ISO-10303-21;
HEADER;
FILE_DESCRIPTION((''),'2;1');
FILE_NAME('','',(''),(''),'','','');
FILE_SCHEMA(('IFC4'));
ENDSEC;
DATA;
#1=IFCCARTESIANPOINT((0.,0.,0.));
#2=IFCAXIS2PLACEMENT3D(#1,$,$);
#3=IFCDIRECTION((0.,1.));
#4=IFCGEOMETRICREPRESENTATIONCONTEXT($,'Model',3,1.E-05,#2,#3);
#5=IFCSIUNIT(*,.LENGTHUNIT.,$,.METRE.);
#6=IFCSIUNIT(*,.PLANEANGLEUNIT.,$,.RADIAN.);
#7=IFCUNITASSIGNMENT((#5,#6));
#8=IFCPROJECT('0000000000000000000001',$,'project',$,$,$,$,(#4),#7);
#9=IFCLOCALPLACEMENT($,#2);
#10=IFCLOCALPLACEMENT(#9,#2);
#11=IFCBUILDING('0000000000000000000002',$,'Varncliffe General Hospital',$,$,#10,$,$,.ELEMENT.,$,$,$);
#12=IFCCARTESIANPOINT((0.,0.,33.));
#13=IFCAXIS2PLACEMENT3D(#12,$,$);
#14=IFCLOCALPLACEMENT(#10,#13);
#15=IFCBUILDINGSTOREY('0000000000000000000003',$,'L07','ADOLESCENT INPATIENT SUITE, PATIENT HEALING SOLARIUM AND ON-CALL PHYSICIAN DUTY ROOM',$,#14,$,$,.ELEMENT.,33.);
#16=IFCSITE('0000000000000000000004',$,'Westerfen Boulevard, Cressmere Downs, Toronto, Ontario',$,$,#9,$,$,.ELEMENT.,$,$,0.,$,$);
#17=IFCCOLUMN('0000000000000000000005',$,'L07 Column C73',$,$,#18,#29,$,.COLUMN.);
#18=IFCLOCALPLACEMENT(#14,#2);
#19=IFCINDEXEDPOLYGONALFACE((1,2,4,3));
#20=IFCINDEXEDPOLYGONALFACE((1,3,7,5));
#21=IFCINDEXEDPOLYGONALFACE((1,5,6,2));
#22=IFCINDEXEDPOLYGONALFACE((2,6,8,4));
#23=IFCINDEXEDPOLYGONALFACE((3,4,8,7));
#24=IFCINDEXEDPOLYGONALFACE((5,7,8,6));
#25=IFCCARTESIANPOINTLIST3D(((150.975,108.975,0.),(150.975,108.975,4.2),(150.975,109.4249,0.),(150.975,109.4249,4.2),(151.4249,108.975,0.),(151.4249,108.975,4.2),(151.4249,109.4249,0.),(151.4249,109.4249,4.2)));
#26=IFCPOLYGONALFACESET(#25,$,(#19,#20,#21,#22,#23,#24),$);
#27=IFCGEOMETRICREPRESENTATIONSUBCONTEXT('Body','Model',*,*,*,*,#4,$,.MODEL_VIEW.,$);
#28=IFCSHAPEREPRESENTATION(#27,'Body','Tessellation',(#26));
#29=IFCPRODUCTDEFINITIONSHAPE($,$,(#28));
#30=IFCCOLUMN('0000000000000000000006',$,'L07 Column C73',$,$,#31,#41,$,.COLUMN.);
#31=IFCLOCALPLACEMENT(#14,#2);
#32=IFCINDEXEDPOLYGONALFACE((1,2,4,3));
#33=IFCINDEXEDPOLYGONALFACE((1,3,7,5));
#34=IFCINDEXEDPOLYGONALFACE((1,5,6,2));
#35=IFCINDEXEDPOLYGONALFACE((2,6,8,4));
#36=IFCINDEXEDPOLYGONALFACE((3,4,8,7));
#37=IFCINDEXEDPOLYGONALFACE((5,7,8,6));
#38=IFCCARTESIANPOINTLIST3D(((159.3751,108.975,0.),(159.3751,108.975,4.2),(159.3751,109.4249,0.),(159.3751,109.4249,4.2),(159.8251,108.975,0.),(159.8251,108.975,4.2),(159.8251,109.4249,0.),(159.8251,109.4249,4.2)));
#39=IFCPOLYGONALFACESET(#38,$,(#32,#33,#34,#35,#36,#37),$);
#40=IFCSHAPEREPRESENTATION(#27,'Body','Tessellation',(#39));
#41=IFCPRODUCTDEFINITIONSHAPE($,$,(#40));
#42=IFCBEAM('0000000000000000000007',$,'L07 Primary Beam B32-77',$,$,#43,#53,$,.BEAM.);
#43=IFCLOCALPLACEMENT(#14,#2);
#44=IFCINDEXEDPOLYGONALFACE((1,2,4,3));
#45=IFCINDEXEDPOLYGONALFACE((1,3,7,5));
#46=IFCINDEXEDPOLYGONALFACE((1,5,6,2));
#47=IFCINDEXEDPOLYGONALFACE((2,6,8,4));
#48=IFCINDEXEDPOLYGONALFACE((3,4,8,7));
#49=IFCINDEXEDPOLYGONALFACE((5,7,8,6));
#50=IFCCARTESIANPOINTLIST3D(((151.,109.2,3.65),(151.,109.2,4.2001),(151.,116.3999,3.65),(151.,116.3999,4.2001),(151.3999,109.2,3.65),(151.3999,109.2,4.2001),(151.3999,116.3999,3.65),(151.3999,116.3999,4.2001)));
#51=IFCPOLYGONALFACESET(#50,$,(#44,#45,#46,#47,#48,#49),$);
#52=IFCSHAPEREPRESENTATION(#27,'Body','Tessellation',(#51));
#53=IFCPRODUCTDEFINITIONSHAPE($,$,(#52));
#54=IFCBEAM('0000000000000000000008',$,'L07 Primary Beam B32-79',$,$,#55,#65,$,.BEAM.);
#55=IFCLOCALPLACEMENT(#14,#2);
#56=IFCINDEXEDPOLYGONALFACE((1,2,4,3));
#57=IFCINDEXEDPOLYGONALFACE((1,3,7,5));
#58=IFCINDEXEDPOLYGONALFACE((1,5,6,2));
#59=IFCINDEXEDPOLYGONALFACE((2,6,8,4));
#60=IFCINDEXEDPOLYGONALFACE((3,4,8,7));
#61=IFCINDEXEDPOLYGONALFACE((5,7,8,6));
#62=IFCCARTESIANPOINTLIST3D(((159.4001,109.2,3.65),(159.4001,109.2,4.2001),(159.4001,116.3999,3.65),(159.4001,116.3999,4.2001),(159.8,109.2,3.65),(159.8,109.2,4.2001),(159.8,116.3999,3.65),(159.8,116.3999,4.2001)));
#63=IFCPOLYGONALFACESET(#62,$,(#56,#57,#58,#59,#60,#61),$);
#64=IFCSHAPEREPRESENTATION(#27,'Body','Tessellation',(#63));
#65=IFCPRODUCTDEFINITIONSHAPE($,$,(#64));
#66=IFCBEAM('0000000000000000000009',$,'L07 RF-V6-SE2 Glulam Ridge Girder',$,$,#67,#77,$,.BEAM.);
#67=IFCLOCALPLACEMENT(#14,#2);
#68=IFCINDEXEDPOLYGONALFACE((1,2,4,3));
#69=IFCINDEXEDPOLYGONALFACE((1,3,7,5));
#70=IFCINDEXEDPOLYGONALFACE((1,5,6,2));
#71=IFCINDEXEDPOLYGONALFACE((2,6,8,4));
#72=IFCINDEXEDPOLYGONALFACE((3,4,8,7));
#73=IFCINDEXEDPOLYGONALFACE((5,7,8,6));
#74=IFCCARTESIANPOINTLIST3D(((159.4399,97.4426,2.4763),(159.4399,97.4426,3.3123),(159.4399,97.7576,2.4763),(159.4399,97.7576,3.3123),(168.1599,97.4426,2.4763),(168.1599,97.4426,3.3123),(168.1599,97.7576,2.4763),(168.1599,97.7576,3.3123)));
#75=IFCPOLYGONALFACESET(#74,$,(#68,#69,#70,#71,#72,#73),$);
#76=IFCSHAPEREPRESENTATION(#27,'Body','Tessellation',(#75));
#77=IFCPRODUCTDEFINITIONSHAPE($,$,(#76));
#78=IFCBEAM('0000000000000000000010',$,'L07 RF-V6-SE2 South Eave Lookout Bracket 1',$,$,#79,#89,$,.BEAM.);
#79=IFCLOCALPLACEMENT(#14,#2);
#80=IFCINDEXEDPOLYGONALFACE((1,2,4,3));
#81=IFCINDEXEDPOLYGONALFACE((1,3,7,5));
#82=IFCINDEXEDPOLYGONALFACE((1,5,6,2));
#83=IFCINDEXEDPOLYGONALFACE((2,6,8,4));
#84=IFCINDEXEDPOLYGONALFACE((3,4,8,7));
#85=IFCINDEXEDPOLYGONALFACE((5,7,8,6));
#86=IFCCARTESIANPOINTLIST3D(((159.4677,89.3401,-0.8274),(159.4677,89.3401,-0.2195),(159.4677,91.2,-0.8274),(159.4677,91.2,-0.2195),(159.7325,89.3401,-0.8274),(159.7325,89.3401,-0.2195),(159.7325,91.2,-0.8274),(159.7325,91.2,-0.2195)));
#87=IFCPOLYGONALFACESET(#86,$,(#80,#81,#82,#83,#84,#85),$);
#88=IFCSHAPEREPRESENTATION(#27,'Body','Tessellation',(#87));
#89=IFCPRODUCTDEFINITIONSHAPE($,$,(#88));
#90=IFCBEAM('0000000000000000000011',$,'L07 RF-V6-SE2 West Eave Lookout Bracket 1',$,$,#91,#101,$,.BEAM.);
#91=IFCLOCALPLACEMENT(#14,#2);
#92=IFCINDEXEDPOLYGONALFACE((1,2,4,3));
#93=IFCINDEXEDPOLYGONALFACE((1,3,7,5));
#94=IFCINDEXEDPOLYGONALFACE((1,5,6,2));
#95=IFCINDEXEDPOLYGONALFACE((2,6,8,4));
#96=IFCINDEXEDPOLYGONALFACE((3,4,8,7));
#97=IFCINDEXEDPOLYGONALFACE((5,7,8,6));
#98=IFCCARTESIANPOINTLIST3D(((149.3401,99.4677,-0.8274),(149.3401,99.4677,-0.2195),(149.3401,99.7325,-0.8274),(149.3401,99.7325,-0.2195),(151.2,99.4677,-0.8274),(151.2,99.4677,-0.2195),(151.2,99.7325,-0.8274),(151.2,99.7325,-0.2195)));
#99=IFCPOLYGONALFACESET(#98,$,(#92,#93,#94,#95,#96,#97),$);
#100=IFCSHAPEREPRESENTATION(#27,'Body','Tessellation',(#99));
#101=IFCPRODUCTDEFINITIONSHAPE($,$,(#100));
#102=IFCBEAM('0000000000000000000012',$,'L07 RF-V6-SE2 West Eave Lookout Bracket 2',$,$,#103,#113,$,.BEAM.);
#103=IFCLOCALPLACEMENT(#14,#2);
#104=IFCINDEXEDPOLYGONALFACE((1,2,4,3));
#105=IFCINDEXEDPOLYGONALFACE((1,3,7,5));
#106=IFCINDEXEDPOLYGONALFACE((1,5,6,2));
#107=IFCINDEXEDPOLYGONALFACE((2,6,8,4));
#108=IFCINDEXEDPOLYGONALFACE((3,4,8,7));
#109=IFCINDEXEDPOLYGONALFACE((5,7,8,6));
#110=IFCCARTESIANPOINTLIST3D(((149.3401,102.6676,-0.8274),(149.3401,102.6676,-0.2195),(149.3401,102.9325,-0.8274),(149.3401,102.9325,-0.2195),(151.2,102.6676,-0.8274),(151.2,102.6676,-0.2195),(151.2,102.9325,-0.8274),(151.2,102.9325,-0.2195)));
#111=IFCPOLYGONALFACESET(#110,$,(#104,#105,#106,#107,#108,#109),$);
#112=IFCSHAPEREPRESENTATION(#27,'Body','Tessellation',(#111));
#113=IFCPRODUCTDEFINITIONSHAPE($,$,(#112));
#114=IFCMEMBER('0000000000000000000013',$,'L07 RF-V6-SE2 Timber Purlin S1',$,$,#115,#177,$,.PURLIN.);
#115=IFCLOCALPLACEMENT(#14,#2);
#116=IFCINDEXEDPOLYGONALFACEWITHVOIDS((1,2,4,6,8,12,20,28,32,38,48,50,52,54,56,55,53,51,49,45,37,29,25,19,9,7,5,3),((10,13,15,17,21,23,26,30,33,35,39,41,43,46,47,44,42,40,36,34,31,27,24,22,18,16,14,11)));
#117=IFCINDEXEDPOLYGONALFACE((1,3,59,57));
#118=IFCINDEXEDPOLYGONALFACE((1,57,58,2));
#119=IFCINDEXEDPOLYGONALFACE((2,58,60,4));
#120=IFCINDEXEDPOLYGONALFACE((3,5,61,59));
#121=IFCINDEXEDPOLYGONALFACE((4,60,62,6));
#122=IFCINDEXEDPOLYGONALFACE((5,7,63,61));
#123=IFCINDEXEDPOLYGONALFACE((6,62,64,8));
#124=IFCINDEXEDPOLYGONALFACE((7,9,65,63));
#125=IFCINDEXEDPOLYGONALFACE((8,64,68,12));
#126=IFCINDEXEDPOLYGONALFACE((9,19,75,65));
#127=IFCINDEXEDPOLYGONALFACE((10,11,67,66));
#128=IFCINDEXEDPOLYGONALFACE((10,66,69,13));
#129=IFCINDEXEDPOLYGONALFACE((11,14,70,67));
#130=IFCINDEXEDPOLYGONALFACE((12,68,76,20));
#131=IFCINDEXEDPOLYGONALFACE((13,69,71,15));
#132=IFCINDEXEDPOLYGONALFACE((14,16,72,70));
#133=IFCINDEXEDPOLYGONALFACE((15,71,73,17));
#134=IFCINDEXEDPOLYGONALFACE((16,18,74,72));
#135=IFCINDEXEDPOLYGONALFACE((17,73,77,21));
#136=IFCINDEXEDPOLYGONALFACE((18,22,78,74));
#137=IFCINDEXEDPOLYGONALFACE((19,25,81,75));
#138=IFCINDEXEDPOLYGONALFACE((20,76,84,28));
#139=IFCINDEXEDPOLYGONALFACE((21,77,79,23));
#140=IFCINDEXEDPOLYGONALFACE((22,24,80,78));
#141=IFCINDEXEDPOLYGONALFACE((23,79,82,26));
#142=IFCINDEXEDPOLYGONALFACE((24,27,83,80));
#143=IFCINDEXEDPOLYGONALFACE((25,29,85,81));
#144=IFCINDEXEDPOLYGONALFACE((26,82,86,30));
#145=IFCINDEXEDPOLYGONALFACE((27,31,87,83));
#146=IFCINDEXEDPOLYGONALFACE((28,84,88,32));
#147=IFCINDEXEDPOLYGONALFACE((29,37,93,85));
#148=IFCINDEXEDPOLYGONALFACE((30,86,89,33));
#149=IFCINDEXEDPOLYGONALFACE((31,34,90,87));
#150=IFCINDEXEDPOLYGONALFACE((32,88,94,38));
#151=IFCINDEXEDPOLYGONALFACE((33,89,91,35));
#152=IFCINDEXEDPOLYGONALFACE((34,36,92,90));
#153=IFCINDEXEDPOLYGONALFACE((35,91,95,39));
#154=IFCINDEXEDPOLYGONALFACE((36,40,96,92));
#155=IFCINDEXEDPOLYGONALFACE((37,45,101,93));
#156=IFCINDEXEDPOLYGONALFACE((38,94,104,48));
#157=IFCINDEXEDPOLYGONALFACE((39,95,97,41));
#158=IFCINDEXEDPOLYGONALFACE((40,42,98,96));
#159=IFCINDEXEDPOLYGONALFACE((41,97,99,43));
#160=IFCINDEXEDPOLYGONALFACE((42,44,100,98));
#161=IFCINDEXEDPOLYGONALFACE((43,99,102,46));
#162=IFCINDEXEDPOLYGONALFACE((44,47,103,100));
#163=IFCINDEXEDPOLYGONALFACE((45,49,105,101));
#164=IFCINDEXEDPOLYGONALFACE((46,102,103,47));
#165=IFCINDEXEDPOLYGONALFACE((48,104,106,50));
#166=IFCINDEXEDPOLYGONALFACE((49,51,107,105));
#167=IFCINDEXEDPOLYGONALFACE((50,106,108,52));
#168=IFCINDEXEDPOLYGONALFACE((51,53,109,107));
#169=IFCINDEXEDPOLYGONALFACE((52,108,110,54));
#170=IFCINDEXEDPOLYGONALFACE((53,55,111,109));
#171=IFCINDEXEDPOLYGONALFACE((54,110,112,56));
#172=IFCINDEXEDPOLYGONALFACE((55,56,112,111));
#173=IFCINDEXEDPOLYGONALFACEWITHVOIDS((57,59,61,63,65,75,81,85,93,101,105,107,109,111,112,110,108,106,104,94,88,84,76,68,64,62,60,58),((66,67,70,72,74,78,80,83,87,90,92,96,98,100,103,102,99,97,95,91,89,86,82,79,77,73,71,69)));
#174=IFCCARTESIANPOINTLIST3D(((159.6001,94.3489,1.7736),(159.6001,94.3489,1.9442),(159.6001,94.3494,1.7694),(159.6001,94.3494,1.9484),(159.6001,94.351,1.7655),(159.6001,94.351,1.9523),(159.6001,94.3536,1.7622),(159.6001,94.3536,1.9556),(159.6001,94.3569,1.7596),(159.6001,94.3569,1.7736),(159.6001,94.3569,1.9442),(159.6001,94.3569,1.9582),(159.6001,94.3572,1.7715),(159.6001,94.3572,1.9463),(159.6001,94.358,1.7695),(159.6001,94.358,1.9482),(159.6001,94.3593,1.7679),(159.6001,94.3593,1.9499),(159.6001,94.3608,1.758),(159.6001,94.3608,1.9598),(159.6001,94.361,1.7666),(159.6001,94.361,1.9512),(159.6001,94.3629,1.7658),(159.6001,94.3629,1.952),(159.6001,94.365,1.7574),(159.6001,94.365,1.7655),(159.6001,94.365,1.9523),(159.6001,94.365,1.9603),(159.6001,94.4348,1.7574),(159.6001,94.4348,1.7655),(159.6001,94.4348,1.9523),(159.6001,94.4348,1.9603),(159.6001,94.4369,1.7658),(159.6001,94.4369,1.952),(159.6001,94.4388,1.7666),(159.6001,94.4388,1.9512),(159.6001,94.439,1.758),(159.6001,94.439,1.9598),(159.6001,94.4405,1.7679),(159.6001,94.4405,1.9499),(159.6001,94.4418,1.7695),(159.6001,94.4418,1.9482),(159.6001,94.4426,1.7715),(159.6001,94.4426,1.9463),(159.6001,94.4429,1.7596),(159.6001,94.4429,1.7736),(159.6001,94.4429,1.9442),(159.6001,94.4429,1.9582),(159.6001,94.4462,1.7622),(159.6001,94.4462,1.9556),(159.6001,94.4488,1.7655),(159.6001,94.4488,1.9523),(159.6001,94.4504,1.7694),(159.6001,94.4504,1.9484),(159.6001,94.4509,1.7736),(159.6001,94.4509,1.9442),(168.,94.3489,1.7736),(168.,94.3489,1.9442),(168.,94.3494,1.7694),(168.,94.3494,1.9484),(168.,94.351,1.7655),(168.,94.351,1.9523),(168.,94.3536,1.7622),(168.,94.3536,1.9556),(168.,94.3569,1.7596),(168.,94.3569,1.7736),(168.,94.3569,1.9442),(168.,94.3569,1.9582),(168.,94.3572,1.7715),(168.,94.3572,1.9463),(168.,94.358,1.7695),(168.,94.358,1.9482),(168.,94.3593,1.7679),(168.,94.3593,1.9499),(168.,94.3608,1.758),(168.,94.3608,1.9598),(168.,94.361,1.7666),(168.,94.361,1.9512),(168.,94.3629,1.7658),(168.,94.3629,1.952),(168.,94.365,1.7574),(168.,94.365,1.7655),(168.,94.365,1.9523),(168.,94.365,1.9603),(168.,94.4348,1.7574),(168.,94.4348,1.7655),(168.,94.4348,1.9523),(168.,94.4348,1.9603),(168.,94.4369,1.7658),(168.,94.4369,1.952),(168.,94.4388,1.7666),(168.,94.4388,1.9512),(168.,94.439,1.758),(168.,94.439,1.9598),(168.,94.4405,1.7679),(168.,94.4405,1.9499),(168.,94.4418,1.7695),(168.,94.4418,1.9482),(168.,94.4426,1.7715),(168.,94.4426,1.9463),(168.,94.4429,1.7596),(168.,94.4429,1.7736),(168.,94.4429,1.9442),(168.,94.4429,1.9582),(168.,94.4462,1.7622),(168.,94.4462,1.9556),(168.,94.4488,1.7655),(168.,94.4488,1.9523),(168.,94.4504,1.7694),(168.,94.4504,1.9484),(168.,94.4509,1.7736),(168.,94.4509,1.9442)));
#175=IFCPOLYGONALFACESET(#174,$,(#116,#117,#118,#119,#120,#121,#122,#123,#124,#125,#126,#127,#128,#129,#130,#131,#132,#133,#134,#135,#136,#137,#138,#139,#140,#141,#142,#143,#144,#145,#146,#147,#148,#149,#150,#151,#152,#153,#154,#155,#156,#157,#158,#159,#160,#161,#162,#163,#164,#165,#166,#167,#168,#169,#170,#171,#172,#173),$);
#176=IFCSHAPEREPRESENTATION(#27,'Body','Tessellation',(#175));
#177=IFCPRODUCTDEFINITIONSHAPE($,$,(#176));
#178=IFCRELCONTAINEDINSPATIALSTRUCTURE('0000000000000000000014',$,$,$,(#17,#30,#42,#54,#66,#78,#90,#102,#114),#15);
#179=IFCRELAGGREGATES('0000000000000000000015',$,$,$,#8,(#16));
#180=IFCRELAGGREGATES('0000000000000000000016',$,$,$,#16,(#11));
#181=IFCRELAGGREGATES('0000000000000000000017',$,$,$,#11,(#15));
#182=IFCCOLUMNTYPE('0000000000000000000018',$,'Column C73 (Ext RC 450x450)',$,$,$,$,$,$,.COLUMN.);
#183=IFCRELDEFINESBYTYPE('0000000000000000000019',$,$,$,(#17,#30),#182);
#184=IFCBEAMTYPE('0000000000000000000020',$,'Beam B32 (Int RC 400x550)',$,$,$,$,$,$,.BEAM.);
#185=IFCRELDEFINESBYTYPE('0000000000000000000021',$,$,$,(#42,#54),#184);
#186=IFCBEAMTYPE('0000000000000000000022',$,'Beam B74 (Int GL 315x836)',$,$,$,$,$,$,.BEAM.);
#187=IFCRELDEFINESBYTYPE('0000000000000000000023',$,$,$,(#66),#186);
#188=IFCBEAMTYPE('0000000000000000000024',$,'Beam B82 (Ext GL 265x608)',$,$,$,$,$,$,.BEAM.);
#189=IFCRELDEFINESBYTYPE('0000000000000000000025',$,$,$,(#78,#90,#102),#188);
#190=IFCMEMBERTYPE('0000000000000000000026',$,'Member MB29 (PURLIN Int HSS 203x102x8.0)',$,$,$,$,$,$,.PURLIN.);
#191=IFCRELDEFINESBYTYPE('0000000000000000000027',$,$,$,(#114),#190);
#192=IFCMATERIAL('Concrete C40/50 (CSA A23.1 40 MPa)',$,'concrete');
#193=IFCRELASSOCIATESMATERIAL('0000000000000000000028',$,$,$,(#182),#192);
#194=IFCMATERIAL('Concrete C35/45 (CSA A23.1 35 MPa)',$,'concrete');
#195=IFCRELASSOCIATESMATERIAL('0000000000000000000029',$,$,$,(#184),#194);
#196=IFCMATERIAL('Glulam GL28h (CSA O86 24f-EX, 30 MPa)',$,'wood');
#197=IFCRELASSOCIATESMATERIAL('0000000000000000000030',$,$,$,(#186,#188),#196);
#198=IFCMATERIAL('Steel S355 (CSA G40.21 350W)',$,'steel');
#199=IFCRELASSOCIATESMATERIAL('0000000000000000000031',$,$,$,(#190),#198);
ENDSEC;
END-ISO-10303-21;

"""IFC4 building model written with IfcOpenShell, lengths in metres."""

from ifc_helpers import new_model, si_unit, direction, frame, origin, origin_2d, place, context, subcontext, project, spatial, rectangle, hollow_rectangle, extrude, material, material_profile, profile_set, type_object, element, save


model = new_model("IFC4")

# Units and contexts
model_context = context("Model", 3, precision=1e-05, world=origin(), true_north=direction((0.0, 1.0)))
body_context = subcontext(model_context, "Body", "Model", "MODEL_VIEW")
ifc_project = project(units=[si_unit("LENGTHUNIT", "METRE"), si_unit("PLANEANGLEUNIT", "RADIAN")], contexts=[model_context])

# Site, building, storey
site_placement = place(None, origin())
site = spatial("IfcSite", under=ifc_project, at=site_placement, Name="Westerfen Boulevard, Cressmere Downs, Toronto, Ontario", CompositionType="ELEMENT", RefElevation=0.0)
building_placement = place(site_placement, origin())
building = spatial("IfcBuilding", under=site, at=building_placement, Name="Varncliffe General Hospital", CompositionType="ELEMENT")
storey_placement = place(building_placement, frame((0.0, 0.0, 33.0)))
storey = spatial("IfcBuildingStorey", under=building, at=storey_placement, Name="L07", Description="ADOLESCENT INPATIENT SUITE, PATIENT HEALING SOLARIUM AND ON-CALL PHYSICIAN DUTY ROOM", CompositionType="ELEMENT", Elevation=33.0)

# Columns
ifc_material_1 = material(Name="Concrete C40/50 (CSA A23.1 40 MPa)", Category="concrete")
ifc_material_profile_1 = material_profile(ifc_material_1, rectangle(XDim=0.45, YDim=0.45, at=origin_2d()), Name="RC 450x450")
ifc_profile_set_1 = profile_set([ifc_material_profile_1], Name="Concrete C40/50 (CSA A23.1 40 MPa)")
column_type = type_object("IfcColumnType", Name="Column C73 (Ext RC 450x450)", PredefinedType="COLUMN", material=ifc_profile_set_1)
for number, where, z_axis, x_axis, name in (
    (1, (151.2, 109.2, 0.0), (0.0, 0.0, 1.0), (1.0, 0.0, 0.0), "L07 Column C73"),
    (2, (159.6001, 109.2, 0.0), (0.0, 0.0, 1.0), (1.0, 0.0, 0.0), "L07 Column C73"),
):
    element("IfcColumn", number, at=place(storey_placement, frame(where, z_axis=z_axis, x_axis=x_axis)), inside=storey, type_object=column_type, Name=name, PredefinedType="COLUMN", context=body_context, shape_type="SweptSolid", body=[
        extrude(rectangle(XDim=0.45, YDim=0.45, at=origin_2d()), origin(), (0.0, 0.0, 1.0), 4.2),
    ])

# Beams
ifc_material_2 = material(Name="Concrete C35/45 (CSA A23.1 35 MPa)", Category="concrete")
ifc_material_profile_2 = material_profile(ifc_material_2, rectangle(XDim=0.3999, YDim=0.55, at=origin_2d()), Name="RC 400x550")
ifc_profile_set_2 = profile_set([ifc_material_profile_2], Name="Concrete C35/45 (CSA A23.1 35 MPa)")
beam_type_1 = type_object("IfcBeamType", Name="Beam B32 (Int RC 400x550)", PredefinedType="BEAM", material=ifc_profile_set_2)
for number, where, z_axis, x_axis, name in (
    (3, (151.2, 109.2, 3.925), (0.0, 1.0, 0.0), (-1.0, 0.0, 0.0), "L07 Primary Beam B32-77"),
    (4, (159.6001, 109.2, 3.925), (0.0, 1.0, 0.0), (-1.0, 0.0, 0.0), "L07 Primary Beam B32-79"),
):
    element("IfcBeam", number, at=place(storey_placement, frame(where, z_axis=z_axis, x_axis=x_axis)), inside=storey, type_object=beam_type_1, Name=name, PredefinedType="BEAM", context=body_context, shape_type="SweptSolid", body=[
        extrude(rectangle(XDim=0.3999, YDim=0.55, at=origin_2d()), origin(), (0.0, 0.0, 1.0), 7.2),
    ])
ifc_material_3 = material(Name="Glulam GL28h (CSA O86 24f-EX, 30 MPa)", Category="wood")
ifc_material_profile_3 = material_profile(ifc_material_3, rectangle(XDim=0.3149, YDim=0.8359, at=origin_2d()), Name="GL 315x836")
ifc_profile_set_3 = profile_set([ifc_material_profile_3], Name="Glulam GL28h (CSA O86 24f-EX, 30 MPa)")
beam_type_2 = type_object("IfcBeamType", Name="Beam B74 (Int GL 315x836)", PredefinedType="BEAM", material=ifc_profile_set_3)
beam_1_placement = place(storey_placement, frame((159.4399, 97.6001, 2.8943), z_axis=(1.0, 0.0, 0.0), x_axis=(0.0, 1.0, 0.0)))
element("IfcBeam", 5, at=beam_1_placement, inside=storey, type_object=beam_type_2, Name="L07 RF-V6-SE2 Glulam Ridge Girder", PredefinedType="BEAM", context=body_context, shape_type="SweptSolid", body=[
    extrude(rectangle(XDim=0.3149, YDim=0.8359, at=origin_2d()), origin(), (0.0, 0.0, 1.0), 8.72),
])
ifc_material_profile_4 = material_profile(ifc_material_3, rectangle(XDim=0.2649, YDim=0.6079, at=origin_2d()), Name="GL 265x608")
ifc_profile_set_4 = profile_set([ifc_material_profile_4], Name="Glulam GL28h (CSA O86 24f-EX, 30 MPa)")
beam_type_3 = type_object("IfcBeamType", Name="Beam B82 (Ext GL 265x608)", PredefinedType="BEAM", material=ifc_profile_set_4)
for number, where, z_axis, x_axis, name in (
    (6, (159.6001, 89.3401, -0.5234), (0.0, 1.0, 0.0), (-1.0, 0.0, 0.0), "L07 RF-V6-SE2 South Eave Lookout Bracket 1"),
    (7, (149.3401, 99.6001, -0.5234), (1.0, 0.0, 0.0), (0.0, 1.0, 0.0), "L07 RF-V6-SE2 West Eave Lookout Bracket 1"),
    (8, (149.3401, 102.8, -0.5234), (1.0, 0.0, 0.0), (0.0, 1.0, 0.0), "L07 RF-V6-SE2 West Eave Lookout Bracket 2"),
):
    element("IfcBeam", number, at=place(storey_placement, frame(where, z_axis=z_axis, x_axis=x_axis)), inside=storey, type_object=beam_type_3, Name=name, PredefinedType="BEAM", context=body_context, shape_type="SweptSolid", body=[
        extrude(rectangle(XDim=0.2649, YDim=0.6079, at=origin_2d()), origin(), (0.0, 0.0, 1.0), 1.8599),
    ])

# Member
ifc_material_4 = material(Name="Steel S355 (CSA G40.21 350W)", Category="steel")
ifc_material_profile_5 = material_profile(ifc_material_4, hollow_rectangle(XDim=0.1021, YDim=0.2029, WallThickness=0.0081, InnerFilletRadius=0.0081, OuterFilletRadius=0.0161, at=origin_2d()), Name="HSS 203x102x8.0")
ifc_profile_set_5 = profile_set([ifc_material_profile_5], Name="Steel S355 (CSA G40.21 350W)")
member_type_1 = type_object("IfcMemberType", Name="Member MB29 (PURLIN Int HSS 203x102x8.0)", PredefinedType="PURLIN", material=ifc_profile_set_5)
for number, where, z_axis, x_axis, name in (
    (9, (159.6001, 94.3999, 1.8589), (1.0, 0.0, 0.0), (0.0, 1.0, 0.0), "L07 RF-V6-SE2 Timber Purlin S1"),
):
    element("IfcMember", number, at=place(storey_placement, frame(where, z_axis=z_axis, x_axis=x_axis)), inside=storey, type_object=member_type_1, Name=name, PredefinedType="PURLIN", context=body_context, shape_type="SweptSolid", body=[
        extrude(hollow_rectangle(XDim=0.1021, YDim=0.2029, WallThickness=0.0081, InnerFilletRadius=0.0081, OuterFilletRadius=0.0161, at=origin_2d()), origin(), (0.0, 0.0, 1.0), 8.3999),
    ])

save(model, "model.ifc")
